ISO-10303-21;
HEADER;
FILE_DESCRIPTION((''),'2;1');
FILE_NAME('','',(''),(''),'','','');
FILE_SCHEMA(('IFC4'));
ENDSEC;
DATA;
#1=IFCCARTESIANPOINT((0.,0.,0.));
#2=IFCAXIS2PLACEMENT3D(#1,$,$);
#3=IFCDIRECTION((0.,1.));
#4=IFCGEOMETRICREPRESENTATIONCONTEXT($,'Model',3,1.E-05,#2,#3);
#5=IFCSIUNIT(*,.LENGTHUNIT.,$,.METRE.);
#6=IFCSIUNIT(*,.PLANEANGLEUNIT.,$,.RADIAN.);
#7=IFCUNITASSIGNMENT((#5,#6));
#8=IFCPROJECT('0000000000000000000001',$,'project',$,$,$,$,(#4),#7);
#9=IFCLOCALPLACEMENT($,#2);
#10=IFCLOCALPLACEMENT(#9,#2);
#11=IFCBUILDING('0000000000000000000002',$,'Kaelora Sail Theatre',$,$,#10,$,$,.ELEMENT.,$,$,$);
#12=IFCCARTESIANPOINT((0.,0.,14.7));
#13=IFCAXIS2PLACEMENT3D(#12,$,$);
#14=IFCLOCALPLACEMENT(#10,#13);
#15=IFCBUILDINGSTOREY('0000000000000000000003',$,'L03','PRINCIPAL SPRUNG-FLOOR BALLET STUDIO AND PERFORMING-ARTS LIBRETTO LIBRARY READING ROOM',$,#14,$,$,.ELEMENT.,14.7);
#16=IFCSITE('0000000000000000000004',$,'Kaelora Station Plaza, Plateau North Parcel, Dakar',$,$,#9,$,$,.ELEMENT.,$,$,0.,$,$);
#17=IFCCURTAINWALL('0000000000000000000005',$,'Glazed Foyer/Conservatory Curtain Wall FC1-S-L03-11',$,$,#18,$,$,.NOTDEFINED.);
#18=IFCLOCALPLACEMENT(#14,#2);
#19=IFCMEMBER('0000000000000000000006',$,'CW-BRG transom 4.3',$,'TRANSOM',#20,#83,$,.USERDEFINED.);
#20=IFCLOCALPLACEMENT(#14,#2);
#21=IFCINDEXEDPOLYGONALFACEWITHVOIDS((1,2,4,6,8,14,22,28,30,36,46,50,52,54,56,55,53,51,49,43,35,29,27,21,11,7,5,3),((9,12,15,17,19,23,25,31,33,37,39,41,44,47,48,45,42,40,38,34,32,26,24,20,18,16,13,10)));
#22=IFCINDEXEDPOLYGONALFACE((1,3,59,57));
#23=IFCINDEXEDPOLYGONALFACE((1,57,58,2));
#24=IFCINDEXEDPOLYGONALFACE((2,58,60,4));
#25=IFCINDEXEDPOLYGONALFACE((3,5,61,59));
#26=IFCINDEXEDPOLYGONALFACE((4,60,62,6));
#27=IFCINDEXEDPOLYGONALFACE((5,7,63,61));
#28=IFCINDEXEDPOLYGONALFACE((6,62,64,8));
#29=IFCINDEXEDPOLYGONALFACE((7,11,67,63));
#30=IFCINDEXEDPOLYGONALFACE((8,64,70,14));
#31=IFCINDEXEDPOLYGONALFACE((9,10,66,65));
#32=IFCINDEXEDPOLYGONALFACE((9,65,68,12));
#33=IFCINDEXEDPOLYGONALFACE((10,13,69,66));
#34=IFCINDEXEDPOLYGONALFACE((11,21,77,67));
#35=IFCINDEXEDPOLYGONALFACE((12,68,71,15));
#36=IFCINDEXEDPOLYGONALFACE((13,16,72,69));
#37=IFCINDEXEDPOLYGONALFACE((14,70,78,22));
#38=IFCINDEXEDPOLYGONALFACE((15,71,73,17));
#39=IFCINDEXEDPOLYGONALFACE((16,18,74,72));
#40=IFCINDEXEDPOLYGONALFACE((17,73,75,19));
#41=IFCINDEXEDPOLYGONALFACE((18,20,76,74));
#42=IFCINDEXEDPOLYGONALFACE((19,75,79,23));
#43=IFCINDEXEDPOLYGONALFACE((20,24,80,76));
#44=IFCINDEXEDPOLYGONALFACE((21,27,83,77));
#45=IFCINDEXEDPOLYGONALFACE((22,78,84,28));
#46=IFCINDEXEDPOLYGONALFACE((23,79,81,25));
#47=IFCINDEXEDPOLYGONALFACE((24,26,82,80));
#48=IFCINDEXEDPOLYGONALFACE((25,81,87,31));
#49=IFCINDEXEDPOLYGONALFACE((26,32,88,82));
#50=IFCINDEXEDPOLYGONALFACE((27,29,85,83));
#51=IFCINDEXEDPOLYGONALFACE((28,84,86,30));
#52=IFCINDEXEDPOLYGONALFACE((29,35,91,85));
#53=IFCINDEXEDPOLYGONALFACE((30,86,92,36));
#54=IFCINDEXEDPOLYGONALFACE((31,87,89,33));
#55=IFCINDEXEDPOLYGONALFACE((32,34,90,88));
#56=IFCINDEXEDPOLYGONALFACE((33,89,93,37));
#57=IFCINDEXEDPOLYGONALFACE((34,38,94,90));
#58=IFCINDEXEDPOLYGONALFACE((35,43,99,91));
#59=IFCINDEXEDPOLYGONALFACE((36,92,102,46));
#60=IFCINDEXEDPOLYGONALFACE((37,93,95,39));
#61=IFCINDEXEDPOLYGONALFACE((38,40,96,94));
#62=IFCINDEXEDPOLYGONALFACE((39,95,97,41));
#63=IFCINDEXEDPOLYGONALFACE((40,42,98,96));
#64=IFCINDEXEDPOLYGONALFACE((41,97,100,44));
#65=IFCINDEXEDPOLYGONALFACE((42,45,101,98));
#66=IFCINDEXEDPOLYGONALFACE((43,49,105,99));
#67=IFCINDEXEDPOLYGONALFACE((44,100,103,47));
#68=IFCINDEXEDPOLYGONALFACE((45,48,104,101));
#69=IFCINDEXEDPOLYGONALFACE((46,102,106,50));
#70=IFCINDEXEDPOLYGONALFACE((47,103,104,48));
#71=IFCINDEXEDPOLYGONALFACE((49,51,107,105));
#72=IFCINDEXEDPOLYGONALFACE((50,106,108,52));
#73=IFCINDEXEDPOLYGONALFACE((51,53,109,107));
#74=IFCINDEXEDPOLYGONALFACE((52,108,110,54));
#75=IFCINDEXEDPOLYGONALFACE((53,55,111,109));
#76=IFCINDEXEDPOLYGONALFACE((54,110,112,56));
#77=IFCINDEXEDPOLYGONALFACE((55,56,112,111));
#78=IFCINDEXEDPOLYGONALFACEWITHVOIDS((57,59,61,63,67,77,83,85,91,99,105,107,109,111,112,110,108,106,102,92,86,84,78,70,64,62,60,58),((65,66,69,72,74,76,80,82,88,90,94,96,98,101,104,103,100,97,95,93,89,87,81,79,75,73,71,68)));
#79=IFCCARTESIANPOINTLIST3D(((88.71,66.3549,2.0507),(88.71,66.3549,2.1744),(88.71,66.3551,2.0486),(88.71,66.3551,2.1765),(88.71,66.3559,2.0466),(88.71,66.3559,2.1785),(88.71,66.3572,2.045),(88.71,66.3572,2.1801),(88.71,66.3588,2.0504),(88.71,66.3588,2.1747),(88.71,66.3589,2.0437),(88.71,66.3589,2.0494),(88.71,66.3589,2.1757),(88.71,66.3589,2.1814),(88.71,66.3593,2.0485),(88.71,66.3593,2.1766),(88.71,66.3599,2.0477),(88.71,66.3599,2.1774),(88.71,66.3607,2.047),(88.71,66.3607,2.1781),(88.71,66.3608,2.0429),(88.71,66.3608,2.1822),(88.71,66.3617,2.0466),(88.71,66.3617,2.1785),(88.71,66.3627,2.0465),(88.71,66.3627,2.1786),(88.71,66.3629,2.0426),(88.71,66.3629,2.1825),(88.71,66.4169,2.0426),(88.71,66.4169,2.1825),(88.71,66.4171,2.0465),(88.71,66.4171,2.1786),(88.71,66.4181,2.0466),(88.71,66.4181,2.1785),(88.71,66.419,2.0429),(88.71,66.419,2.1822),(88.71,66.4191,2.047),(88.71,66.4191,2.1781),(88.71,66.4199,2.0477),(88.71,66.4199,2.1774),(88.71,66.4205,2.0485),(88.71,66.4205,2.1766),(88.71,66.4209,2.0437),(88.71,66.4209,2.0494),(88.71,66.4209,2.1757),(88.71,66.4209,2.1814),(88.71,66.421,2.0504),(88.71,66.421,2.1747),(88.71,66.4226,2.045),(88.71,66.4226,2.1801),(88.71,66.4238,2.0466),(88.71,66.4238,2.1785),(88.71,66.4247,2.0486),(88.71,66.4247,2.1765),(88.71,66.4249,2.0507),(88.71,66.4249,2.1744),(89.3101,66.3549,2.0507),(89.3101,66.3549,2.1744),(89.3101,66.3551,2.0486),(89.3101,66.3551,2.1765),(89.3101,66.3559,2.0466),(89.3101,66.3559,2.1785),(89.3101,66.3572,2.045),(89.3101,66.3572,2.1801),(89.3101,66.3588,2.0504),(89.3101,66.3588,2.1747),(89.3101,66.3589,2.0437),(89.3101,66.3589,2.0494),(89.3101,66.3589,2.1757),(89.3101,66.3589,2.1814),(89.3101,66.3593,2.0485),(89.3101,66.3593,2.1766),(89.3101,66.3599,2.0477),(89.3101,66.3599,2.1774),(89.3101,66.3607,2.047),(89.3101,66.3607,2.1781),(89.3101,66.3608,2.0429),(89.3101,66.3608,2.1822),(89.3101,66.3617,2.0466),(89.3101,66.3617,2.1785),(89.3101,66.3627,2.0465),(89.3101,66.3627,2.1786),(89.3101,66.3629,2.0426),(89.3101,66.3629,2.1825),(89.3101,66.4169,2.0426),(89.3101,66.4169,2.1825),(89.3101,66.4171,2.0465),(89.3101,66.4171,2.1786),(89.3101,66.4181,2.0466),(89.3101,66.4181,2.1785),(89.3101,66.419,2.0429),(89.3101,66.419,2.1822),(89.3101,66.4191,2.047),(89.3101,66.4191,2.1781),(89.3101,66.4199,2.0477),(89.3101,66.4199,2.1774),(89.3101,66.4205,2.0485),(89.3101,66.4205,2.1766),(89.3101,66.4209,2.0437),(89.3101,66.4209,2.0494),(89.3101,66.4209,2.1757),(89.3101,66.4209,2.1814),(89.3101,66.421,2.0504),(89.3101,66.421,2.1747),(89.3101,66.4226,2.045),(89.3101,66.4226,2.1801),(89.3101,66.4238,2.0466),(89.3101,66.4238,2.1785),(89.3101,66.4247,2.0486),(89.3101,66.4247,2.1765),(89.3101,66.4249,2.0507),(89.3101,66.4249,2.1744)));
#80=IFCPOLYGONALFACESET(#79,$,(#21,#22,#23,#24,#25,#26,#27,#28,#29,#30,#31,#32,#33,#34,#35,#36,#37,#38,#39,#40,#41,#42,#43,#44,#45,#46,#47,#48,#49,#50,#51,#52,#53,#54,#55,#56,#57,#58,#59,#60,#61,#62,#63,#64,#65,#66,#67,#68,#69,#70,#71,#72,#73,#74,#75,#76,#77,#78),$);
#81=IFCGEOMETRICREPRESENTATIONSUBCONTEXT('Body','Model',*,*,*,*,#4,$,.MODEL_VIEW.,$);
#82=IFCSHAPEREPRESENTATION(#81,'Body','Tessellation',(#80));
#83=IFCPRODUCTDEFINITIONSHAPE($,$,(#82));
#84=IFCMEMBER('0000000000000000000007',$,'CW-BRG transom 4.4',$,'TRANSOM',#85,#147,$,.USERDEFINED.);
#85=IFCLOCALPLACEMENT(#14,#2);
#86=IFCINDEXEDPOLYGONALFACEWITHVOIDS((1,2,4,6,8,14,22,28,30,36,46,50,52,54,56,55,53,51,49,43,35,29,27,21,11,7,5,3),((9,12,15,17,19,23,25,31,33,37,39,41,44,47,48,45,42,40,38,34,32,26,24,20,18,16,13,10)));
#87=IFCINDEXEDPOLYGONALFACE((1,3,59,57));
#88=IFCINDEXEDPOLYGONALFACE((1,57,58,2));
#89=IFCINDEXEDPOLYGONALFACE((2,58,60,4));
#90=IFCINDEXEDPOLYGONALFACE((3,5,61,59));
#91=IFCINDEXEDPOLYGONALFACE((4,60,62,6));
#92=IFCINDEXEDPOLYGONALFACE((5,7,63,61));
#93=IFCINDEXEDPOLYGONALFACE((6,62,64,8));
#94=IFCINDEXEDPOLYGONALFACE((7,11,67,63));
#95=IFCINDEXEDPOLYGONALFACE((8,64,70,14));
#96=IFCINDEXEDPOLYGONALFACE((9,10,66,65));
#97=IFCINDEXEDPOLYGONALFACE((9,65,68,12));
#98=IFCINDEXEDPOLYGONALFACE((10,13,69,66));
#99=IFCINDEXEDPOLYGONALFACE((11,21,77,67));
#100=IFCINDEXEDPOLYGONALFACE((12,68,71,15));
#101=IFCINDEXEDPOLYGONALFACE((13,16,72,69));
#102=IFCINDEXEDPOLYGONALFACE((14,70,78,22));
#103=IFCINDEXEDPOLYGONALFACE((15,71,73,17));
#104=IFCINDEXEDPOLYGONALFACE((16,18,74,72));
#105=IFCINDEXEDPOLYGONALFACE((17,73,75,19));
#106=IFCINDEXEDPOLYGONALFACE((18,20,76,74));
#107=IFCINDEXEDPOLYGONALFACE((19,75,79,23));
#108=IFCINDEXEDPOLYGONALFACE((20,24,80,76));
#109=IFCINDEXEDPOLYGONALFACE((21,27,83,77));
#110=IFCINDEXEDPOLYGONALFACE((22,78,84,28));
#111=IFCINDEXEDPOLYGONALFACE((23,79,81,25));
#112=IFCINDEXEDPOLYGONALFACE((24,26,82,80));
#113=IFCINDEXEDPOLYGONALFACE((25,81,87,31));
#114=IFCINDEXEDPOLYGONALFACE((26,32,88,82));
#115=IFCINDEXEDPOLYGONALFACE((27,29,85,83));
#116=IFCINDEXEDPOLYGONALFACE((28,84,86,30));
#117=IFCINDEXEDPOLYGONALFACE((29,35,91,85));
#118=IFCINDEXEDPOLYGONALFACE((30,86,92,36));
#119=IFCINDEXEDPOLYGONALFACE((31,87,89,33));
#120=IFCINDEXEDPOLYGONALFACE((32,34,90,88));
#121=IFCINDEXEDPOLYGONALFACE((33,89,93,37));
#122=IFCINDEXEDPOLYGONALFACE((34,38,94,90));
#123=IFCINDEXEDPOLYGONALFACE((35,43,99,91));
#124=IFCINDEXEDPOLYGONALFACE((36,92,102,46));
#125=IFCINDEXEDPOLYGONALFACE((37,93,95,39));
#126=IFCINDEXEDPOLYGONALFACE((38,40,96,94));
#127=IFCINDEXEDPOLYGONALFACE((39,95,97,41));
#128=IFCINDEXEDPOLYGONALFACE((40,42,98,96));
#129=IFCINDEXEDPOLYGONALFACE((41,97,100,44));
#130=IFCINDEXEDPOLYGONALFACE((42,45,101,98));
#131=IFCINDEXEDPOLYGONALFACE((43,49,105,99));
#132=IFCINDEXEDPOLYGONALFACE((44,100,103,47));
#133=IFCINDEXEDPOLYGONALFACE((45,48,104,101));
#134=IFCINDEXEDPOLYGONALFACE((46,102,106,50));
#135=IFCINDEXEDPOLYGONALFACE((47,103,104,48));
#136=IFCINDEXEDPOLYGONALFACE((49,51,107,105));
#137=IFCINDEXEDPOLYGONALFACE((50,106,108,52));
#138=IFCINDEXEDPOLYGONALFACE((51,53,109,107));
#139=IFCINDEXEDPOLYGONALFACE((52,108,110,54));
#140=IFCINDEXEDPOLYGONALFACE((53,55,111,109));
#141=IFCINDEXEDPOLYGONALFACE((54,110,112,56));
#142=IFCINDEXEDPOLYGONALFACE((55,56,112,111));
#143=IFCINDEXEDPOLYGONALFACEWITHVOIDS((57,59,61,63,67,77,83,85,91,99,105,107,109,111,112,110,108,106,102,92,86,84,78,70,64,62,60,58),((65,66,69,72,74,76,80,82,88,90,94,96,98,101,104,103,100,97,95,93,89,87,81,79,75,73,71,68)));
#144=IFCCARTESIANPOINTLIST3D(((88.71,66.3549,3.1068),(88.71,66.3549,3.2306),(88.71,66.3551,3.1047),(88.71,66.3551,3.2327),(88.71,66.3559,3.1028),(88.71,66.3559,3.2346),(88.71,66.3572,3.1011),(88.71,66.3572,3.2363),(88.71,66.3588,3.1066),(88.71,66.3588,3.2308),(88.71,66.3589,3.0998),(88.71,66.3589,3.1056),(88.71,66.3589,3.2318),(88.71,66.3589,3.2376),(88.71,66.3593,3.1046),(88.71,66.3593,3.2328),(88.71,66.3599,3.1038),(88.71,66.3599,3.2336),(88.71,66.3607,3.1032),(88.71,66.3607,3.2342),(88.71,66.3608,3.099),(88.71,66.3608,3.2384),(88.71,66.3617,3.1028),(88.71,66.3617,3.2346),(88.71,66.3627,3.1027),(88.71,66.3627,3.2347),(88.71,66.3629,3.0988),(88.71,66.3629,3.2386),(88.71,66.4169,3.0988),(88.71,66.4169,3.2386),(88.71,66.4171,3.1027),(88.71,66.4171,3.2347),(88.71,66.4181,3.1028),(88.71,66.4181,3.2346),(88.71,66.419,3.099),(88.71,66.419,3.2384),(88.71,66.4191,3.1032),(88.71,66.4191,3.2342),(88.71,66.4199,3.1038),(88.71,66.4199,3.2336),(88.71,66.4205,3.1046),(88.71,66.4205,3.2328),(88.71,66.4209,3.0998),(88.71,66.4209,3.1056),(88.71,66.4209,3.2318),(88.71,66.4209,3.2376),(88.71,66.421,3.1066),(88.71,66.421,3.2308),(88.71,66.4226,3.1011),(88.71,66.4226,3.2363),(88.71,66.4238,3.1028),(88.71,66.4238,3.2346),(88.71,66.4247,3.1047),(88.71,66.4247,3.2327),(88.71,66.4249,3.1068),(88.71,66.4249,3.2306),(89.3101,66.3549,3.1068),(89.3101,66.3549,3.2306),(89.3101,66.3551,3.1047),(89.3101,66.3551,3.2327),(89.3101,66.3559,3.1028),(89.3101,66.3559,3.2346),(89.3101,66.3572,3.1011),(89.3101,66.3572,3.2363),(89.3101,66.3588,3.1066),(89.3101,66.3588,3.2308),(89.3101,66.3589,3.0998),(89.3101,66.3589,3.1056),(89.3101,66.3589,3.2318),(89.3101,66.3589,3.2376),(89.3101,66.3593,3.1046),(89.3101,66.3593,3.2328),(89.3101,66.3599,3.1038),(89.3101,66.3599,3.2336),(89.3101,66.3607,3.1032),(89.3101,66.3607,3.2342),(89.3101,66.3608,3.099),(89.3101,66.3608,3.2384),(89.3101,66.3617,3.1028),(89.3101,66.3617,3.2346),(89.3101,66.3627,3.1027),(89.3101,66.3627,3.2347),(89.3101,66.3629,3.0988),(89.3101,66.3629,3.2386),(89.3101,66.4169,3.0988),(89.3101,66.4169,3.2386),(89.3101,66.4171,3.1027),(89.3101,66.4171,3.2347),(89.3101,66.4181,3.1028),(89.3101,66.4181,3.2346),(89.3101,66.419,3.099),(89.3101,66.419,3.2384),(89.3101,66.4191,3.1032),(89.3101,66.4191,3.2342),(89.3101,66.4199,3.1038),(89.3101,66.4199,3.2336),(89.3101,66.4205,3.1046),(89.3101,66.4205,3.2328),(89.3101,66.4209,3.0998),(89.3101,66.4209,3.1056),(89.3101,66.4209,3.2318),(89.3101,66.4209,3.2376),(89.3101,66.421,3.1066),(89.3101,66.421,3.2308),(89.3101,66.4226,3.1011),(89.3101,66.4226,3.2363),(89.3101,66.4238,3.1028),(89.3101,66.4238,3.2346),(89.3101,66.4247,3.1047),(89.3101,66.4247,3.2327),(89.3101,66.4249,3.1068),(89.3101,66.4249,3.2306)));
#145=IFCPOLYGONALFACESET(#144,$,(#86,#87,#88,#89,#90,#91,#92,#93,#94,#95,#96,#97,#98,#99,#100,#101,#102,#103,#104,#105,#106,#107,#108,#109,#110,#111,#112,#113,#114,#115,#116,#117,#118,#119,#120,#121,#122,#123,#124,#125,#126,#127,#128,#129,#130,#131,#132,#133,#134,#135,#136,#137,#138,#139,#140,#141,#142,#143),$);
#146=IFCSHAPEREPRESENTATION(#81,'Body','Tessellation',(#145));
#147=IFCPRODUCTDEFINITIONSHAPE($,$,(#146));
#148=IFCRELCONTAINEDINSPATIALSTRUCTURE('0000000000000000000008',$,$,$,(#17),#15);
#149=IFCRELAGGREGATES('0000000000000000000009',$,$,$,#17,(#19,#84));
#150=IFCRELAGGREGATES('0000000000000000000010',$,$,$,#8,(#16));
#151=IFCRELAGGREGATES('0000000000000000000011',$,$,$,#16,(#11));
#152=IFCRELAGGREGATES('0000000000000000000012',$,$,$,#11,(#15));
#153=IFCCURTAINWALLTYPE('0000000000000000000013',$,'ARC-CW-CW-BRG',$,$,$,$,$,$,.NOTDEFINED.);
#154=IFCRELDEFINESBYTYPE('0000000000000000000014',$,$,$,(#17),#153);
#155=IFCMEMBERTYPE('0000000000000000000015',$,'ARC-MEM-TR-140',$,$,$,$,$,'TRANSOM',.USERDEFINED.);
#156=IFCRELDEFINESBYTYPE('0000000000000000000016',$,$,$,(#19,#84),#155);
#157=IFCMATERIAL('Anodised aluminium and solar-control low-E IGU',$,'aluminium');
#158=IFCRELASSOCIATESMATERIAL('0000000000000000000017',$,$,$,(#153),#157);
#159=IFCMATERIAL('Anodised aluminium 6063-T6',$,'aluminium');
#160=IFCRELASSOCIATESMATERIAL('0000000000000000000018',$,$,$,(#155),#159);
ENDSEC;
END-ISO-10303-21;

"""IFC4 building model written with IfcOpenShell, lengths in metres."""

from ifc_helpers import new_model, si_unit, direction, frame, origin, origin_2d, place, context, subcontext, project, spatial, hollow_rectangle, extrude, material, material_profile, profile_set, type_object, element, aggregate, save


model = new_model("IFC4")

# Units and contexts
model_context = context("Model", 3, precision=1e-05, world=origin(), true_north=direction((0.0, 1.0)))
body_context = subcontext(model_context, "Body", "Model", "MODEL_VIEW")
ifc_project = project(units=[si_unit("LENGTHUNIT", "METRE"), si_unit("PLANEANGLEUNIT", "RADIAN")], contexts=[model_context])

# Site, building, storey
site_placement = place(None, origin())
site = spatial("IfcSite", under=ifc_project, at=site_placement, Name="Kaelora Station Plaza, Plateau North Parcel, Dakar", CompositionType="ELEMENT", RefElevation=0.0)
building_placement = place(site_placement, origin())
building = spatial("IfcBuilding", under=site, at=building_placement, Name="Kaelora Sail Theatre", CompositionType="ELEMENT")
storey_placement = place(building_placement, frame((0.0, 0.0, 14.7)))
storey = spatial("IfcBuildingStorey", under=building, at=storey_placement, Name="L03", Description="PRINCIPAL SPRUNG-FLOOR BALLET STUDIO AND PERFORMING-ARTS LIBRETTO LIBRARY READING ROOM", CompositionType="ELEMENT", Elevation=14.7)

# Curtain wall, members
ifc_material_1 = material(Name="Anodised aluminium and solar-control low-E IGU", Category="aluminium")
curtain_wall_type = type_object("IfcCurtainWallType", Name="ARC-CW-CW-BRG", PredefinedType="NOTDEFINED", material=ifc_material_1)
curtain_wall_placement = place(storey_placement, origin())
curtain_wall = element("IfcCurtainWall", 1, at=curtain_wall_placement, inside=storey, type_object=curtain_wall_type, Name="Glazed Foyer/Conservatory Curtain Wall FC1-S-L03-11", PredefinedType="NOTDEFINED")
ifc_material_2 = material(Name="Anodised aluminium 6063-T6", Category="aluminium")
ifc_material_profile_1 = material_profile(ifc_material_2, hollow_rectangle(XDim=0.0701, YDim=0.1399, WallThickness=0.0039, InnerFilletRadius=0.0039, OuterFilletRadius=0.0081, at=origin_2d()), Name="ALU-TRAN 70x140x4")
ifc_profile_set_1 = profile_set([ifc_material_profile_1], Name="Anodised aluminium 6063-T6")
member_type_1 = type_object("IfcMemberType", Name="ARC-MEM-TR-140", ElementType="TRANSOM", PredefinedType="USERDEFINED", material=ifc_profile_set_1)
member_1_placement = place(storey_placement, frame((88.71, 66.3899, 2.1125), z_axis=(1.0, 0.0, 0.0), x_axis=(0.0, 1.0, 0.0)))
member_1 = element("IfcMember", 2, at=member_1_placement, type_object=member_type_1, Name="CW-BRG transom 4.3", ObjectType="TRANSOM", PredefinedType="USERDEFINED", context=body_context, shape_type="SweptSolid", body=[
    extrude(hollow_rectangle(XDim=0.0701, YDim=0.1399, WallThickness=0.0039, InnerFilletRadius=0.0039, OuterFilletRadius=0.0081, at=origin_2d()), origin(), (0.0, 0.0, 1.0), 0.6001),
])
member_2_placement = place(storey_placement, frame((88.71, 66.3899, 3.1687), z_axis=(1.0, 0.0, 0.0), x_axis=(0.0, 1.0, 0.0)))
member_2 = element("IfcMember", 3, at=member_2_placement, type_object=member_type_1, Name="CW-BRG transom 4.4", ObjectType="TRANSOM", PredefinedType="USERDEFINED", context=body_context, shape_type="SweptSolid", body=[
    extrude(hollow_rectangle(XDim=0.0701, YDim=0.1399, WallThickness=0.0039, InnerFilletRadius=0.0039, OuterFilletRadius=0.0081, at=origin_2d()), origin(), (0.0, 0.0, 1.0), 0.6001),
])
aggregate(curtain_wall, [member_1, member_2])

save(model, "model.ifc")
